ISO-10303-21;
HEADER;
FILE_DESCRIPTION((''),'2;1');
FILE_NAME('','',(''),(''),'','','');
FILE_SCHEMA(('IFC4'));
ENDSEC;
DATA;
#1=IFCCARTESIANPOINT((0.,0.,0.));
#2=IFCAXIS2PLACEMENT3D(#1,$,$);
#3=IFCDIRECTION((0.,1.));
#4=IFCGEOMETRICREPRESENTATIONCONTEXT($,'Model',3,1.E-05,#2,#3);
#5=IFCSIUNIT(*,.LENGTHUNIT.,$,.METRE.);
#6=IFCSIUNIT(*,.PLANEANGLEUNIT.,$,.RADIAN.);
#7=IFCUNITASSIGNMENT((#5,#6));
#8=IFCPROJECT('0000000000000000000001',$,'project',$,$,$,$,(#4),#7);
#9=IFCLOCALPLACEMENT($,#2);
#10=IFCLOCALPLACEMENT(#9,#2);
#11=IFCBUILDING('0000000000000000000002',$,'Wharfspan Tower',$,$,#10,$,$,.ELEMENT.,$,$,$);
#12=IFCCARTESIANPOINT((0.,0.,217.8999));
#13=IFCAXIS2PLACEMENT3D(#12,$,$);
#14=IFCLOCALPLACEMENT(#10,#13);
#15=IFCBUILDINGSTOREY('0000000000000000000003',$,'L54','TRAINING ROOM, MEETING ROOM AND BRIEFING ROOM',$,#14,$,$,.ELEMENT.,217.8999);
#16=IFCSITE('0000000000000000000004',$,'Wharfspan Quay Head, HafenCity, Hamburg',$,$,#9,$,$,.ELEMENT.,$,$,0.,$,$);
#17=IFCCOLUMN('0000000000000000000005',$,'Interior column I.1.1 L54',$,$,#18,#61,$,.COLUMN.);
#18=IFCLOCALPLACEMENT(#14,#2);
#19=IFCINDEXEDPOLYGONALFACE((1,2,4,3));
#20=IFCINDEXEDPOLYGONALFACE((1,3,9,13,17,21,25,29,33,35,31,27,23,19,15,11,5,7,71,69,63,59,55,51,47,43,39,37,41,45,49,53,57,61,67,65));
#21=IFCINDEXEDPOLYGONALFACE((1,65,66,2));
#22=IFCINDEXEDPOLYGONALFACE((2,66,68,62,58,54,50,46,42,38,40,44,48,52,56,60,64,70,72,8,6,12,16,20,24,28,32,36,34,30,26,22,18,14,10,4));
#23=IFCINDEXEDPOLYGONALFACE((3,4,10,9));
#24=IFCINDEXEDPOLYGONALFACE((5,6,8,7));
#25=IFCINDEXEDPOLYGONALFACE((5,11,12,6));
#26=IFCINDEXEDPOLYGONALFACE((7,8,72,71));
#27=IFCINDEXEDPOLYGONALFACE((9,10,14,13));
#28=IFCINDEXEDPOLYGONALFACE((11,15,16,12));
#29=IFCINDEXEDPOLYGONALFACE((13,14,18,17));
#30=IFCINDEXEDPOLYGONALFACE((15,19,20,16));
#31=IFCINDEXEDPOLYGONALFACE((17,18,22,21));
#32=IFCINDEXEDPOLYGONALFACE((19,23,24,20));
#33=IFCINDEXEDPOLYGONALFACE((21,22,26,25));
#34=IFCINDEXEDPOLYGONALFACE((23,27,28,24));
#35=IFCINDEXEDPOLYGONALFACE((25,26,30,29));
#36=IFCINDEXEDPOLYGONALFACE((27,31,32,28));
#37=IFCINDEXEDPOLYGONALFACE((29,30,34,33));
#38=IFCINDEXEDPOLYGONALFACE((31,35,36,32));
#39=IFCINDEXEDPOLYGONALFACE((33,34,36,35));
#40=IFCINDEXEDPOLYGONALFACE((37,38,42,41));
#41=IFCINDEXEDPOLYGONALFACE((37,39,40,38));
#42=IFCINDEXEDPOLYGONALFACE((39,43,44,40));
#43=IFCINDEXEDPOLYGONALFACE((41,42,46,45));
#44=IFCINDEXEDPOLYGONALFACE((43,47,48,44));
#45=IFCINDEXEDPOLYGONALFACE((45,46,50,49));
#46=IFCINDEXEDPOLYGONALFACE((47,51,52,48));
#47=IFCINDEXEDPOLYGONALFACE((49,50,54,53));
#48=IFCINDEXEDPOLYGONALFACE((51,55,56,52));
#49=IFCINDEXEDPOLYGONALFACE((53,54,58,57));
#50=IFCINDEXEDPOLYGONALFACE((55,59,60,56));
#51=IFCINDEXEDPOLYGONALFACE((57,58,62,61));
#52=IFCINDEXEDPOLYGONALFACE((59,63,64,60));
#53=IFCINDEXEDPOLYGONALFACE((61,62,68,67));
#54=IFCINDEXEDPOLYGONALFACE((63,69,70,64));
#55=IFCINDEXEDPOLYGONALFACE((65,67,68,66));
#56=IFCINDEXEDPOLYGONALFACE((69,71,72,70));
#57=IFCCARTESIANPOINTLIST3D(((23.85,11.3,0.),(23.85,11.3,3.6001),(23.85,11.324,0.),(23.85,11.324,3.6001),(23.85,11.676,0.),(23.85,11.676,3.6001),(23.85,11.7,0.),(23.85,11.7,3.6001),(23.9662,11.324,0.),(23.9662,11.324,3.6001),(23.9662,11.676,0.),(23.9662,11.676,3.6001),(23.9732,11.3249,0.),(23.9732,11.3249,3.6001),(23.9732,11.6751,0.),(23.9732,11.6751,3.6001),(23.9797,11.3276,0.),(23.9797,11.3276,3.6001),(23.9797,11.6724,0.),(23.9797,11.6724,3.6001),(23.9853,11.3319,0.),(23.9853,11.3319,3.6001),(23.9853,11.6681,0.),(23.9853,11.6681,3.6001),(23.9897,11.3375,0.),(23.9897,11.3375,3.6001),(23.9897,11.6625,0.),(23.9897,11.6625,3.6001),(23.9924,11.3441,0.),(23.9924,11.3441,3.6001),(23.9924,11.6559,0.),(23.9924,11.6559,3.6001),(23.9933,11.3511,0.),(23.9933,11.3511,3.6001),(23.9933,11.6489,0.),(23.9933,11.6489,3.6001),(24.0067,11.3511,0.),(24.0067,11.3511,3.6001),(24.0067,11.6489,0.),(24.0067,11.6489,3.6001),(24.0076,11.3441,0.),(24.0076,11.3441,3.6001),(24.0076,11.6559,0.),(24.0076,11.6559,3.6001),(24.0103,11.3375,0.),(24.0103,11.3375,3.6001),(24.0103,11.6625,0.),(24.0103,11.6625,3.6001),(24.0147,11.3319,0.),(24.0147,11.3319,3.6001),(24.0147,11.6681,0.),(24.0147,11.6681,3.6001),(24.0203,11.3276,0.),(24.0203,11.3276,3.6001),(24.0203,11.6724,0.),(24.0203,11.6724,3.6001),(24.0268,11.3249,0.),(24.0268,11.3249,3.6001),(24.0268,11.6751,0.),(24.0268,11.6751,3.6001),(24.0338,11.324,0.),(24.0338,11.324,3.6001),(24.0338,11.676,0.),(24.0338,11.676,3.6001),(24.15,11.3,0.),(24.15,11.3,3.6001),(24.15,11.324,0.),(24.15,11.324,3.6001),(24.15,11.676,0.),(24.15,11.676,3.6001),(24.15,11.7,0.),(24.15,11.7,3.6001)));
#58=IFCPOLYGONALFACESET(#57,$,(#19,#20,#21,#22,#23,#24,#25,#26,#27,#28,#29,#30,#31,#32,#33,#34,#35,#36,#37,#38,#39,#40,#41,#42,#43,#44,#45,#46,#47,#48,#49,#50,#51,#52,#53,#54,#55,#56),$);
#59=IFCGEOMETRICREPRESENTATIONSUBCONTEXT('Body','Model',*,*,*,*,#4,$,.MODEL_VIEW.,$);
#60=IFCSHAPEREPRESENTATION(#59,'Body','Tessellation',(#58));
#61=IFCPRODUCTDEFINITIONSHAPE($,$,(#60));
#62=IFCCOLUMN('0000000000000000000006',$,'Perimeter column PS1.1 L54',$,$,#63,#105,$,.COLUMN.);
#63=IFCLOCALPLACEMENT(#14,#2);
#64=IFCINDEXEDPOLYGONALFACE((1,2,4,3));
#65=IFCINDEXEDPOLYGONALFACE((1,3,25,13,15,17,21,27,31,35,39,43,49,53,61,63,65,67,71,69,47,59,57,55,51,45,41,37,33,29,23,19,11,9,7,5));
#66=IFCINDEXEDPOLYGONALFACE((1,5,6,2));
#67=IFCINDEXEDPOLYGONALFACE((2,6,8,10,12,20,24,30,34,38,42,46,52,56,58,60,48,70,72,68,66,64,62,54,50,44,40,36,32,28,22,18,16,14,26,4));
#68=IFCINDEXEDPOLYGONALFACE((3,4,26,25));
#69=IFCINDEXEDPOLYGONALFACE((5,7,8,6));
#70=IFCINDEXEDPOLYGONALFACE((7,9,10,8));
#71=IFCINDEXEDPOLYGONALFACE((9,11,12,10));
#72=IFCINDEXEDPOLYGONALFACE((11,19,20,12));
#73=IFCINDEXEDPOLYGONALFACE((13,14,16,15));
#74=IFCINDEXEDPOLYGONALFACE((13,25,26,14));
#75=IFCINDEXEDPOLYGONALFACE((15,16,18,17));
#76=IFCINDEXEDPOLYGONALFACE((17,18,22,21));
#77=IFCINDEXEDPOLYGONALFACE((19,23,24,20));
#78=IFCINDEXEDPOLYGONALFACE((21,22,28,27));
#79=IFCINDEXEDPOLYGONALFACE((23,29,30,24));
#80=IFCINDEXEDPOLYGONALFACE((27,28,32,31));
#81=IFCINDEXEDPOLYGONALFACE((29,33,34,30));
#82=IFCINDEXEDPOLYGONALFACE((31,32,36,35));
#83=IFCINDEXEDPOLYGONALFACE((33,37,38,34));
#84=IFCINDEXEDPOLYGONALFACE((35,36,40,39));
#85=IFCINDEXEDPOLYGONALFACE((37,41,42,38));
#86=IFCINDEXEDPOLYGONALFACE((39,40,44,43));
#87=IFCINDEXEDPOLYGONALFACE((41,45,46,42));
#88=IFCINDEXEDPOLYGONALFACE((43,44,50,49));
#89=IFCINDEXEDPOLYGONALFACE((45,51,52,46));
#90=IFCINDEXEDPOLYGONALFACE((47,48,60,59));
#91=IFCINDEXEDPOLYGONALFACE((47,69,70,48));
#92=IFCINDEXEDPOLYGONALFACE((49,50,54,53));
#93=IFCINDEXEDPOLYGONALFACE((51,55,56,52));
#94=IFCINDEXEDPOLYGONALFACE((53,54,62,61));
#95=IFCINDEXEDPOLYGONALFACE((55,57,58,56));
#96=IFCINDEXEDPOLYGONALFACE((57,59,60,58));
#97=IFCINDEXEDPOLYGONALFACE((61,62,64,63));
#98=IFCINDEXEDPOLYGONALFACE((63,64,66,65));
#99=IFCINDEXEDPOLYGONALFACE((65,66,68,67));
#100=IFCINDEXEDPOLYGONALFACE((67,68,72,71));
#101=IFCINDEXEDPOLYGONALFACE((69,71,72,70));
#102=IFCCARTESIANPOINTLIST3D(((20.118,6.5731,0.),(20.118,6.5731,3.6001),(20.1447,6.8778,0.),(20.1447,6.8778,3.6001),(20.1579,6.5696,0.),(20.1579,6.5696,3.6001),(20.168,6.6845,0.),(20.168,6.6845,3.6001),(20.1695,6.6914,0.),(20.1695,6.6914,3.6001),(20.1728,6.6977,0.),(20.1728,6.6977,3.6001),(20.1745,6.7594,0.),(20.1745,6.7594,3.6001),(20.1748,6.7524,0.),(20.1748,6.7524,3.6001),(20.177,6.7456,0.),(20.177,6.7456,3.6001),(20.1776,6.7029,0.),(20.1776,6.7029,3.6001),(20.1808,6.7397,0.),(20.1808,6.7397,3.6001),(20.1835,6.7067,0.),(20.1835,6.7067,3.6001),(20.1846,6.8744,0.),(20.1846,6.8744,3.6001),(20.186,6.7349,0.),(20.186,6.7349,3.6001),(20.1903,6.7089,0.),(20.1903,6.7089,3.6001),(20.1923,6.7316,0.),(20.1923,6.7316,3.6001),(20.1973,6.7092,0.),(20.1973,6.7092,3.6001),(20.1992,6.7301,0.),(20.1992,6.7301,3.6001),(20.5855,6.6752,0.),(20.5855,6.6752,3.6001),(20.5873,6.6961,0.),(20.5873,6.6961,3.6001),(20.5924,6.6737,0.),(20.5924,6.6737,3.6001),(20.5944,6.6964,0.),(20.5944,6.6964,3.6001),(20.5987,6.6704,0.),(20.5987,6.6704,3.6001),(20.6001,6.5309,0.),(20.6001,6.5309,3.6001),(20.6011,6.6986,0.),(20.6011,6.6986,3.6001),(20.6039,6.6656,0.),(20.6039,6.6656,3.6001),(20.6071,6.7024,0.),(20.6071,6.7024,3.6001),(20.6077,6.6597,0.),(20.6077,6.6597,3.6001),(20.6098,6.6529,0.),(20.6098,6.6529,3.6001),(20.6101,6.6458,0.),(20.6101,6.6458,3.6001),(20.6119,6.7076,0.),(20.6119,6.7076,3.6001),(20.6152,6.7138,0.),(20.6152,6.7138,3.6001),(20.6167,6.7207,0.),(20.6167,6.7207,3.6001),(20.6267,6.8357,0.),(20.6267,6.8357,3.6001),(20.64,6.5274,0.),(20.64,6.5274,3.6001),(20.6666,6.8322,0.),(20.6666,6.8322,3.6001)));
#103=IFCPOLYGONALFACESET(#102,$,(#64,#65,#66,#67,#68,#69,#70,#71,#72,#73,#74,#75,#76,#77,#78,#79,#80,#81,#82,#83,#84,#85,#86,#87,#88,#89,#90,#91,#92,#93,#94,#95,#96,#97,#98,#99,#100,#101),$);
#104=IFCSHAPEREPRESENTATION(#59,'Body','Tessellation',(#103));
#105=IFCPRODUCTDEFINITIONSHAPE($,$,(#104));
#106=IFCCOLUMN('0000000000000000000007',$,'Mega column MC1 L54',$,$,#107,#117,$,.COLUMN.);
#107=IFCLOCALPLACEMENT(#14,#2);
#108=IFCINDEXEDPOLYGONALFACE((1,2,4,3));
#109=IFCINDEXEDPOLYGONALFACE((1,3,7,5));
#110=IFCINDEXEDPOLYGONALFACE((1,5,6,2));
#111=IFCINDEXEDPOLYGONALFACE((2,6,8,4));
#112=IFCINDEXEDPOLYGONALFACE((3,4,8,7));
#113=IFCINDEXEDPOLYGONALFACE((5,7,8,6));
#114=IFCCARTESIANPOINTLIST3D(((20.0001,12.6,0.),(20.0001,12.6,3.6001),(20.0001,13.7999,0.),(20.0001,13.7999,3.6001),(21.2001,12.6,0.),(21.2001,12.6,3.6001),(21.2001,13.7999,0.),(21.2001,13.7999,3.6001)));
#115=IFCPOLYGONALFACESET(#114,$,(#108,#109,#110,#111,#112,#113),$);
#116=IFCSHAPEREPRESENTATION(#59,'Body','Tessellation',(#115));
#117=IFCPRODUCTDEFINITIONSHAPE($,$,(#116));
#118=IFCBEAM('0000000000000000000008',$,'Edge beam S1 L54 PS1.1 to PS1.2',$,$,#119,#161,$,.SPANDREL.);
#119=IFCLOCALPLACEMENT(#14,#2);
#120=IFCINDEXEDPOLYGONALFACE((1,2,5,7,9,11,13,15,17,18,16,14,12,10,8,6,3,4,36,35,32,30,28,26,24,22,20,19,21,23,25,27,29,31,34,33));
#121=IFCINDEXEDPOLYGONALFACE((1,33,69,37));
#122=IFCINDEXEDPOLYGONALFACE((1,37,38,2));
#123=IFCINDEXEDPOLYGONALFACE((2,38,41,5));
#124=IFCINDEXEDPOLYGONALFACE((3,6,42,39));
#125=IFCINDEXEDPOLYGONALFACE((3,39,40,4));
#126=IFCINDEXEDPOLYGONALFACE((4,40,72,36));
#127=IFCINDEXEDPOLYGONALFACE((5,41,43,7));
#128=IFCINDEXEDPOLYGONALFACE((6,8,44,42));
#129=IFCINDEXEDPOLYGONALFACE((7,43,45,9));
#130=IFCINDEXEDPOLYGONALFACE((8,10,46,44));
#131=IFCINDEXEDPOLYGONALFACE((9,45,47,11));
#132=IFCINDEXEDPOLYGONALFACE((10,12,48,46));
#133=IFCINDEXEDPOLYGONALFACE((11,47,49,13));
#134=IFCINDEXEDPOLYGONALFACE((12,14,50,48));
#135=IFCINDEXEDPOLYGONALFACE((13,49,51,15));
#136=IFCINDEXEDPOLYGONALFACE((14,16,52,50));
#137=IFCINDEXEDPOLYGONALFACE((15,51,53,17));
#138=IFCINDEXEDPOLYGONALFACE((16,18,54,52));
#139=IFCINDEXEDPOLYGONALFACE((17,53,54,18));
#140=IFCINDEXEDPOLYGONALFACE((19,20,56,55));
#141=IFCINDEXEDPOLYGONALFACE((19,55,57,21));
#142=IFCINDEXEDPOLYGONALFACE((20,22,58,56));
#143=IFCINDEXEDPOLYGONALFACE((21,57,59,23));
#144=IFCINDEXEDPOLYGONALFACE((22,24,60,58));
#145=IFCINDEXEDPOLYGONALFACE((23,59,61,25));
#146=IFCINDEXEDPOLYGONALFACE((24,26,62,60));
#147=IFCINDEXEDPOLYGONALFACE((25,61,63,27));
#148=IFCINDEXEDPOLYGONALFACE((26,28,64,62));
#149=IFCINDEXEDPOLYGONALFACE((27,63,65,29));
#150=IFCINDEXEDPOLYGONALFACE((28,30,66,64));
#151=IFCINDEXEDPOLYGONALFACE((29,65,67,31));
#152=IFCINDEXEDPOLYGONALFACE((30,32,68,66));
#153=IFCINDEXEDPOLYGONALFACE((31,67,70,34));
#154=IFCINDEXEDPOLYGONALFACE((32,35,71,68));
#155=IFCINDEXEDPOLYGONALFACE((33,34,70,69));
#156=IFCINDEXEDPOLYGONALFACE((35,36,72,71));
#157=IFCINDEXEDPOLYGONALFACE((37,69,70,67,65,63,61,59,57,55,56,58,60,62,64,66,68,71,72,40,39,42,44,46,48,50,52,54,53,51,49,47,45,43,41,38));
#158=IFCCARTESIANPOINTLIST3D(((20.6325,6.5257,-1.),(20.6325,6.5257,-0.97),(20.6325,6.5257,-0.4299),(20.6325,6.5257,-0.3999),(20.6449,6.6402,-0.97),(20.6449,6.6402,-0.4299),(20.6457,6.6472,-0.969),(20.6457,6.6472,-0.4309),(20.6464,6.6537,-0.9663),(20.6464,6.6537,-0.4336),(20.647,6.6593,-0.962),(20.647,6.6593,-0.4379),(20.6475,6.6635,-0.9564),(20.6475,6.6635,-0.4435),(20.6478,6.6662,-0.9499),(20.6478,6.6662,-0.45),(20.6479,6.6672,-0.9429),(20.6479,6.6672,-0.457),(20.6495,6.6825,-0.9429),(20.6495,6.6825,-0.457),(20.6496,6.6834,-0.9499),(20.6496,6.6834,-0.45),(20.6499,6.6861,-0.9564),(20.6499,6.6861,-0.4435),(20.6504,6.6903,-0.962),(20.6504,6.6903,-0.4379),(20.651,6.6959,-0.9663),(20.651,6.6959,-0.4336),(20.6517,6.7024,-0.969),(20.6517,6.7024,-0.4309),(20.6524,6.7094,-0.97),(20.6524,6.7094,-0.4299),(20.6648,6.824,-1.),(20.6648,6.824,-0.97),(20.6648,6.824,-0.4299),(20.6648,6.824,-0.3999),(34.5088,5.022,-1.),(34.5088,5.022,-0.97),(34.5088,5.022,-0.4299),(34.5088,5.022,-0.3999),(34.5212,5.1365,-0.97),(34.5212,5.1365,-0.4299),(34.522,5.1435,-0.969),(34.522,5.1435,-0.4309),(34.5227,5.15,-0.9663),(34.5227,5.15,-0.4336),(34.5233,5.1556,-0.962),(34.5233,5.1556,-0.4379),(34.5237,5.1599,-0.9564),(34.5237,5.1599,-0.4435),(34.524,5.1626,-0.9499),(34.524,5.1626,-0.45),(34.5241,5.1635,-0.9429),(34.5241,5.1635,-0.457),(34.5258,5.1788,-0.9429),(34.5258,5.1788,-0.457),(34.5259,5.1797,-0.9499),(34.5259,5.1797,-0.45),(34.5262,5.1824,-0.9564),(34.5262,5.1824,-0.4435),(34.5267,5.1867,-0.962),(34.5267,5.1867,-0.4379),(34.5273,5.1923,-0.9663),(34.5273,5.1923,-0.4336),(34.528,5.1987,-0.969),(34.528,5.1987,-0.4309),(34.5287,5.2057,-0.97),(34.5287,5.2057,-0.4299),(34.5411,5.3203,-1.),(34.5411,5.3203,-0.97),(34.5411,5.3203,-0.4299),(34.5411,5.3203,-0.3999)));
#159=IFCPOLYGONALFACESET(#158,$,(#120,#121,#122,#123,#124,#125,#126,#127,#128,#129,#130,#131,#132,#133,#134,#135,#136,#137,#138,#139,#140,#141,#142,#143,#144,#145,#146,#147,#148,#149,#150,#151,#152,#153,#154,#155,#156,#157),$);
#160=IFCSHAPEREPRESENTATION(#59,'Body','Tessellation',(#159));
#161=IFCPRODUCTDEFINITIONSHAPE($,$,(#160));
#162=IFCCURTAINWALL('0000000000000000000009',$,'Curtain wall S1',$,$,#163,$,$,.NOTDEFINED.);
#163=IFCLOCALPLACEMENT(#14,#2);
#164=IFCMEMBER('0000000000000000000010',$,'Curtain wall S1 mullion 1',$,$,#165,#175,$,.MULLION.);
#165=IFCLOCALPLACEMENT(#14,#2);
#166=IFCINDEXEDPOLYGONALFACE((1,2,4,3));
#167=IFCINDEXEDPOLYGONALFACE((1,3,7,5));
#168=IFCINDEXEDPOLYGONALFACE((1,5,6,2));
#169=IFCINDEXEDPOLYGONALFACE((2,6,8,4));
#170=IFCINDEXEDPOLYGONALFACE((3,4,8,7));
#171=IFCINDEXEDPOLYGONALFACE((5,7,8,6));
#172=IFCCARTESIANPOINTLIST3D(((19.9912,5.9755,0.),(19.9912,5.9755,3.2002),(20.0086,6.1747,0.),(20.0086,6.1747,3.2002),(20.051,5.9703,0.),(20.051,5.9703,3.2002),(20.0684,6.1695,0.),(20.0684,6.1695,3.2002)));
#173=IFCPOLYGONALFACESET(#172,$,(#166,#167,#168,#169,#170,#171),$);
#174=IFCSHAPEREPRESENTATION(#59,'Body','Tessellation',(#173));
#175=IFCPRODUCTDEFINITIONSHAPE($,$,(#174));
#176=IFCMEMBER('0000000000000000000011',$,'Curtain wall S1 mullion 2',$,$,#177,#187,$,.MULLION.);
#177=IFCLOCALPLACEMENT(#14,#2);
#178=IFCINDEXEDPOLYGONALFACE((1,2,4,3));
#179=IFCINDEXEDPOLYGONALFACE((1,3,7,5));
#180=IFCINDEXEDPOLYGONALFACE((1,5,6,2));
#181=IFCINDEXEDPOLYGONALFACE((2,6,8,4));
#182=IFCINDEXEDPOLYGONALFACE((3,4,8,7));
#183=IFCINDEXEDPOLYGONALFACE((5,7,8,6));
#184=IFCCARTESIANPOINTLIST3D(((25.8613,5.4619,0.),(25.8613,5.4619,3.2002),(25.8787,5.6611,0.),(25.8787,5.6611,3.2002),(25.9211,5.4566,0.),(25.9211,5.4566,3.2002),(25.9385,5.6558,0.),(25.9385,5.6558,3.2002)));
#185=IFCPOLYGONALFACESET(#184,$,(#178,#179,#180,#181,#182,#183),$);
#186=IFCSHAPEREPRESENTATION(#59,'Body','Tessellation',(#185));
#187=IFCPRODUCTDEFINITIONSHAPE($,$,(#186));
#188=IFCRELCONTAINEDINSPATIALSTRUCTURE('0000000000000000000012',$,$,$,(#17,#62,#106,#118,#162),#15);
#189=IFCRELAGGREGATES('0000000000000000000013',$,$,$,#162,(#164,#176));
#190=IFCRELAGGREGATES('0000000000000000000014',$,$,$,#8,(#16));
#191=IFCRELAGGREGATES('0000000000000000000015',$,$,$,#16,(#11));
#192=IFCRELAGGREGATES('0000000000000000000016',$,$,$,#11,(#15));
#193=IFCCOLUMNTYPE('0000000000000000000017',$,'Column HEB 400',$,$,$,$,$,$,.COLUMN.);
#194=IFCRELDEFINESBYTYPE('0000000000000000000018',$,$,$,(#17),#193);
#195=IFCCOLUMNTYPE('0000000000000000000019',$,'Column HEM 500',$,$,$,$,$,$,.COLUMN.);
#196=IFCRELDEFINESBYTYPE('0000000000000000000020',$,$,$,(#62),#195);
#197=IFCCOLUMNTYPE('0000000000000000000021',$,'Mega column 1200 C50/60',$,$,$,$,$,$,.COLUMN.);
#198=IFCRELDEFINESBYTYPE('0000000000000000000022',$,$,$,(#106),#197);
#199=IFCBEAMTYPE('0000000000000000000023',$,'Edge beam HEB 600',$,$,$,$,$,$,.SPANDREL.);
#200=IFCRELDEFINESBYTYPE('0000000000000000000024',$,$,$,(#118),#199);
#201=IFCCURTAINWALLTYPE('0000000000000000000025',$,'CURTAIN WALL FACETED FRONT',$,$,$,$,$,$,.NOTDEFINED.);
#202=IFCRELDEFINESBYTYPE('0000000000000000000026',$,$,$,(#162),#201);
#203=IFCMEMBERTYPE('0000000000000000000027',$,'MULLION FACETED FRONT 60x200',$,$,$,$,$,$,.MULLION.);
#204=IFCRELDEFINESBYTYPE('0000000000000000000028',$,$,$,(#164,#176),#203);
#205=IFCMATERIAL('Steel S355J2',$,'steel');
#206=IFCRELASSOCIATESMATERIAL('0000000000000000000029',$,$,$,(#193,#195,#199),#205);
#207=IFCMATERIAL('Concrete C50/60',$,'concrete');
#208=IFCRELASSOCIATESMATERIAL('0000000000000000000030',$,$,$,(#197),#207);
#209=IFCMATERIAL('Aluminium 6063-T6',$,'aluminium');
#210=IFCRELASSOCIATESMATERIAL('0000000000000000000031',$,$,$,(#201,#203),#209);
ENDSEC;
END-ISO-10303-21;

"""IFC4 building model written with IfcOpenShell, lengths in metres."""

from ifc_helpers import new_model, si_unit, direction, frame, origin, origin_2d, place, context, subcontext, project, spatial, rectangle, i_section, extrude, material, material_profile, profile_set, type_object, element, aggregate, save


model = new_model("IFC4")

# Units and contexts
model_context = context("Model", 3, precision=1e-05, world=origin(), true_north=direction((0.0, 1.0)))
body_context = subcontext(model_context, "Body", "Model", "MODEL_VIEW")
ifc_project = project(units=[si_unit("LENGTHUNIT", "METRE"), si_unit("PLANEANGLEUNIT", "RADIAN")], contexts=[model_context])

# Site, building, storey
site_placement = place(None, origin())
site = spatial("IfcSite", under=ifc_project, at=site_placement, Name="Wharfspan Quay Head, HafenCity, Hamburg", CompositionType="ELEMENT", RefElevation=0.0)
building_placement = place(site_placement, origin())
building = spatial("IfcBuilding", under=site, at=building_placement, Name="Wharfspan Tower", CompositionType="ELEMENT")
storey_placement = place(building_placement, frame((0.0, 0.0, 217.8999)))
storey = spatial("IfcBuildingStorey", under=building, at=storey_placement, Name="L54", Description="TRAINING ROOM, MEETING ROOM AND BRIEFING ROOM", CompositionType="ELEMENT", Elevation=217.8999)

# Columns
ifc_material_1 = material(Name="Steel S355J2", Category="steel")
ifc_material_profile_1 = material_profile(ifc_material_1, i_section(OverallWidth=0.3, OverallDepth=0.3999, WebThickness=0.0134, FlangeThickness=0.0239, FilletRadius=0.0271, at=origin_2d()))
ifc_profile_set_1 = profile_set([ifc_material_profile_1], Name="Steel S355J2")
column_type_1 = type_object("IfcColumnType", Name="Column HEB 400", PredefinedType="COLUMN", material=ifc_profile_set_1)
column_1_placement = place(storey_placement, frame((24.0, 11.5, 0.0), z_axis=(0.0, 0.0, 1.0), x_axis=(1.0, 0.0, 0.0)))
element("IfcColumn", 1, at=column_1_placement, inside=storey, type_object=column_type_1, Name="Interior column I.1.1 L54", PredefinedType="COLUMN", context=body_context, shape_type="SweptSolid", body=[
    extrude(i_section(OverallWidth=0.3, OverallDepth=0.3999, WebThickness=0.0134, FlangeThickness=0.0239, FilletRadius=0.0271, at=origin_2d()), origin(), (0.0, 0.0, 1.0), 3.6001),
])
ifc_material_profile_2 = material_profile(ifc_material_1, i_section(OverallWidth=0.3059, OverallDepth=0.5239, WebThickness=0.021, FlangeThickness=0.04, FilletRadius=0.0271, at=origin_2d()))
ifc_profile_set_2 = profile_set([ifc_material_profile_2], Name="Steel S355J2")
column_type_2 = type_object("IfcColumnType", Name="Column HEM 500", PredefinedType="COLUMN", material=ifc_profile_set_2)
column_2_placement = place(storey_placement, frame((20.3923, 6.7026, 0.0), z_axis=(0.0, 0.0, 1.0), x_axis=(-0.087156, -0.996197, 0.0)))
element("IfcColumn", 2, at=column_2_placement, inside=storey, type_object=column_type_2, Name="Perimeter column PS1.1 L54", PredefinedType="COLUMN", context=body_context, shape_type="SweptSolid", body=[
    extrude(i_section(OverallWidth=0.3059, OverallDepth=0.5239, WebThickness=0.021, FlangeThickness=0.04, FilletRadius=0.0271, at=origin_2d()), origin(), (0.0, 0.0, 1.0), 3.6001),
])
ifc_material_2 = material(Name="Concrete C50/60", Category="concrete")
ifc_material_profile_3 = material_profile(ifc_material_2, rectangle(XDim=1.2, YDim=1.2, at=origin_2d()))
ifc_profile_set_3 = profile_set([ifc_material_profile_3], Name="Concrete C50/60")
column_type_3 = type_object("IfcColumnType", Name="Mega column 1200 C50/60", PredefinedType="COLUMN", material=ifc_profile_set_3)
column_3_placement = place(storey_placement, frame((20.6001, 13.2, 0.0), z_axis=(0.0, 0.0, 1.0), x_axis=(1.0, 0.0, 0.0)))
element("IfcColumn", 3, at=column_3_placement, inside=storey, type_object=column_type_3, Name="Mega column MC1 L54", PredefinedType="COLUMN", context=body_context, shape_type="SweptSolid", body=[
    extrude(rectangle(XDim=1.2, YDim=1.2, at=origin_2d()), origin(), (0.0, 0.0, 1.0), 3.6001),
])

# Beam
ifc_material_profile_4 = material_profile(ifc_material_1, i_section(OverallWidth=0.3, OverallDepth=0.6001, WebThickness=0.0154, FlangeThickness=0.03, FilletRadius=0.0271, at=origin_2d()))
ifc_profile_set_4 = profile_set([ifc_material_profile_4], Name="Steel S355J2")
beam_type = type_object("IfcBeamType", Name="Edge beam HEB 600", PredefinedType="SPANDREL", material=ifc_profile_set_4)
beam_placement = place(storey_placement, frame((20.6487, 6.6748, -0.7), z_axis=(0.99418, -0.107732, 0.0), x_axis=(0.107732, 0.99418, 0.0)))
element("IfcBeam", 4, at=beam_placement, inside=storey, type_object=beam_type, Name="Edge beam S1 L54 PS1.1 to PS1.2", PredefinedType="SPANDREL", context=body_context, shape_type="SweptSolid", body=[
    extrude(i_section(OverallWidth=0.3, OverallDepth=0.6001, WebThickness=0.0154, FlangeThickness=0.03, FilletRadius=0.0271, at=origin_2d()), origin(), (0.0, 0.0, 1.0), 13.9575),
])

# Curtain wall, members
ifc_material_3 = material(Name="Aluminium 6063-T6", Category="aluminium")
curtain_wall_type_1 = type_object("IfcCurtainWallType", Name="CURTAIN WALL FACETED FRONT", PredefinedType="NOTDEFINED", material=ifc_material_3)
curtain_wall_1_placement = place(storey_placement, origin())
curtain_wall_1 = element("IfcCurtainWall", 5, at=curtain_wall_1_placement, inside=storey, type_object=curtain_wall_type_1, Name="Curtain wall S1", PredefinedType="NOTDEFINED")
ifc_material_profile_5 = material_profile(ifc_material_3, rectangle(XDim=0.2, YDim=0.0601, at=origin_2d()))
ifc_profile_set_5 = profile_set([ifc_material_profile_5], Name="Aluminium 6063-T6")
member_type_1 = type_object("IfcMemberType", Name="MULLION FACETED FRONT 60x200", PredefinedType="MULLION", material=ifc_profile_set_5)
member_1_placement = place(storey_placement, frame((20.0298, 6.0725, 0.0), z_axis=(0.0, 0.0, 1.0), x_axis=(0.087156, 0.996197, 0.0)))
member_1 = element("IfcMember", 6, at=member_1_placement, type_object=member_type_1, Name="Curtain wall S1 mullion 1", PredefinedType="MULLION", context=body_context, shape_type="SweptSolid", body=[
    extrude(rectangle(XDim=0.2, YDim=0.0601, at=origin_2d()), origin(), (0.0, 0.0, 1.0), 3.2002),
])
member_2_placement = place(storey_placement, frame((25.8999, 5.5588, 0.0), z_axis=(0.0, 0.0, 1.0), x_axis=(0.087156, 0.996197, 0.0)))
member_2 = element("IfcMember", 7, at=member_2_placement, type_object=member_type_1, Name="Curtain wall S1 mullion 2", PredefinedType="MULLION", context=body_context, shape_type="SweptSolid", body=[
    extrude(rectangle(XDim=0.2, YDim=0.0601, at=origin_2d()), origin(), (0.0, 0.0, 1.0), 3.2002),
])

aggregate(curtain_wall_1, [member_1, member_2])

save(model, "model.ifc")
